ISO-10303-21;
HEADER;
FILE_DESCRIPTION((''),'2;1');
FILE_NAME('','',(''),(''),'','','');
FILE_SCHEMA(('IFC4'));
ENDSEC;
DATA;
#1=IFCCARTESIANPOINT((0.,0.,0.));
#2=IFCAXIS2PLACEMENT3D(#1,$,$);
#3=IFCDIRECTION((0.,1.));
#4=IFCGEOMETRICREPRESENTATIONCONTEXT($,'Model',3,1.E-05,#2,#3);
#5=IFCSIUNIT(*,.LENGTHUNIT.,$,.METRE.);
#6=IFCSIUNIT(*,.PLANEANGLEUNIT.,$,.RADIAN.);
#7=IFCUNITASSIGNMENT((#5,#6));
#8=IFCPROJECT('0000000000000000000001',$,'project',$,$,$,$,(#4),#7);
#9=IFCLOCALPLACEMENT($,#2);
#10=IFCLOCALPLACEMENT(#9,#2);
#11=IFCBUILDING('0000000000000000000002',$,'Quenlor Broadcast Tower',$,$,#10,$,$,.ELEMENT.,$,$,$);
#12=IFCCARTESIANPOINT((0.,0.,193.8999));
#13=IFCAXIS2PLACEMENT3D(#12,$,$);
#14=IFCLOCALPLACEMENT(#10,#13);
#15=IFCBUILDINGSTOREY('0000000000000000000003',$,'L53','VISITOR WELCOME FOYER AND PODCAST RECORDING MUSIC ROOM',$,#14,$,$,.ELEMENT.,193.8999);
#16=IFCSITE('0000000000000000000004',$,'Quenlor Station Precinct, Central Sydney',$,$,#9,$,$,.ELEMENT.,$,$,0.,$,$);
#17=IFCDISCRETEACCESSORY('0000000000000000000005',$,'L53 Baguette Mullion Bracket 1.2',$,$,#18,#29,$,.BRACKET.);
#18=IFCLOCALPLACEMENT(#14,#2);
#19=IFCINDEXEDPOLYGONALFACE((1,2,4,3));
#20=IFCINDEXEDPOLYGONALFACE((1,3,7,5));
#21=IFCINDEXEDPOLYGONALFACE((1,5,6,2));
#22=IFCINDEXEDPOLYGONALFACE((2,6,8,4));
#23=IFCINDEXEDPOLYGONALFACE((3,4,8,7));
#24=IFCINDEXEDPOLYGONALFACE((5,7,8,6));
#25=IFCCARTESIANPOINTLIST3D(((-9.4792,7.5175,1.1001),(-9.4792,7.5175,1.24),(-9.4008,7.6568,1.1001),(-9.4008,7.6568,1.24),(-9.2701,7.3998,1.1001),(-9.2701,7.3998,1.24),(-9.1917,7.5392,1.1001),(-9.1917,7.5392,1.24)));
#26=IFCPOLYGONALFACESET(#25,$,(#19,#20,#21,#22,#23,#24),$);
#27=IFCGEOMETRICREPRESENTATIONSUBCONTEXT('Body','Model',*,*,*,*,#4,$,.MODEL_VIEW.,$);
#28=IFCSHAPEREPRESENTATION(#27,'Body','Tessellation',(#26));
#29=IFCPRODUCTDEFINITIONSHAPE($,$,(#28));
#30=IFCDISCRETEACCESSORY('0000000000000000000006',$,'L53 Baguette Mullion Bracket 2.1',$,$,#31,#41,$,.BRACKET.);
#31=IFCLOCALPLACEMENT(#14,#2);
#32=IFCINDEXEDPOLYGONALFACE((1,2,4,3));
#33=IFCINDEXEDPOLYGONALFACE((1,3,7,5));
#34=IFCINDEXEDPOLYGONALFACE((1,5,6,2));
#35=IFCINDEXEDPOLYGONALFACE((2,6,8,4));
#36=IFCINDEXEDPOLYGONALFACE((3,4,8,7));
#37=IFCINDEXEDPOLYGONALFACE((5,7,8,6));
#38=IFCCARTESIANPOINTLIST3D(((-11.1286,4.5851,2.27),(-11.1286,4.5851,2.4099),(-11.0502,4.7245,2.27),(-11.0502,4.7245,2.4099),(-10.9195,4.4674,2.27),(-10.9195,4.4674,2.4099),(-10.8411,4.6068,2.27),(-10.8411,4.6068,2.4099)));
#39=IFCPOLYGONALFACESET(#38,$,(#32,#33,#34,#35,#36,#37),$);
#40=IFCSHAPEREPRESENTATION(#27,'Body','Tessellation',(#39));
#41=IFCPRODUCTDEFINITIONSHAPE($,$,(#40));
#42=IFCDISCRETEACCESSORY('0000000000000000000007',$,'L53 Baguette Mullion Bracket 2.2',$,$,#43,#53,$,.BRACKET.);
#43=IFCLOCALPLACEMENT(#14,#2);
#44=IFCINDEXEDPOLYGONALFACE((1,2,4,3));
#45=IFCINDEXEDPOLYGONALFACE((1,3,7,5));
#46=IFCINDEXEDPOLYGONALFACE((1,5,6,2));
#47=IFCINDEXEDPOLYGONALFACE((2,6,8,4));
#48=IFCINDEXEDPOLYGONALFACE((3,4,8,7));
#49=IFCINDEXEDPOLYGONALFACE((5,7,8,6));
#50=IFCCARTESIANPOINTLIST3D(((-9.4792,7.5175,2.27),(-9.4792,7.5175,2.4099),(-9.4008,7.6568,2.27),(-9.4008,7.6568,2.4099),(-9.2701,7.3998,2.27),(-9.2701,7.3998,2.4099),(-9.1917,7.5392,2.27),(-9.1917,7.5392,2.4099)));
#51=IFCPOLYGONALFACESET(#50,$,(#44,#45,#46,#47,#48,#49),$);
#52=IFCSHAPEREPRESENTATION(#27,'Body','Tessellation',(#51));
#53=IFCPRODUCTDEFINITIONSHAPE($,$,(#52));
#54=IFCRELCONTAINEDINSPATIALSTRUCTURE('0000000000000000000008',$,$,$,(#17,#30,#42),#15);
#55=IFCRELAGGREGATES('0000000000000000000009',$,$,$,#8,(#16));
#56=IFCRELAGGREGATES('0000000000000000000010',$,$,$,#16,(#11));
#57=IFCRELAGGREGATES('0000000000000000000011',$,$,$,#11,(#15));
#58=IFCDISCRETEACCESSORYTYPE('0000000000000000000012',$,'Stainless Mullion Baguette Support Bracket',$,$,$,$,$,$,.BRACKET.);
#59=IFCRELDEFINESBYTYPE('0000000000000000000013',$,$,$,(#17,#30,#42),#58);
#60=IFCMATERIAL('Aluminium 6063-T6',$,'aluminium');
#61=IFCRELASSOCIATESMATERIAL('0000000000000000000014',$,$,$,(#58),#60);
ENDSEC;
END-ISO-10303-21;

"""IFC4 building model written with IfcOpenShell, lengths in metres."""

from ifc_helpers import new_model, si_unit, direction, frame, origin, origin_2d, place, context, subcontext, project, spatial, rectangle, extrude, material, type_object, element, save


model = new_model("IFC4")

# Units and contexts
model_context = context("Model", 3, precision=1e-05, world=origin(), true_north=direction((0.0, 1.0)))
body_context = subcontext(model_context, "Body", "Model", "MODEL_VIEW")
ifc_project = project(units=[si_unit("LENGTHUNIT", "METRE"), si_unit("PLANEANGLEUNIT", "RADIAN")], contexts=[model_context])

# Site, building, storey
site_placement = place(None, origin())
site = spatial("IfcSite", under=ifc_project, at=site_placement, Name="Quenlor Station Precinct, Central Sydney", CompositionType="ELEMENT", RefElevation=0.0)
building_placement = place(site_placement, origin())
building = spatial("IfcBuilding", under=site, at=building_placement, Name="Quenlor Broadcast Tower", CompositionType="ELEMENT")
storey_placement = place(building_placement, frame((0.0, 0.0, 193.8999)))
storey = spatial("IfcBuildingStorey", under=building, at=storey_placement, Name="L53", Description="VISITOR WELCOME FOYER AND PODCAST RECORDING MUSIC ROOM", CompositionType="ELEMENT", Elevation=193.8999)

# Discrete accessories
ifc_material_1 = material(Name="Aluminium 6063-T6", Category="aluminium")
discrete_accessory_type = type_object("IfcDiscreteAccessoryType", Name="Stainless Mullion Baguette Support Bracket", PredefinedType="BRACKET", material=ifc_material_1)
for number, where, z_axis, x_axis, name in (
    (1, (-9.3354, 7.5283, 1.1001), (0.0, 0.0, 1.0), (0.490257, 0.871578, 0.0), "L53 Baguette Mullion Bracket 1.2"),
    (2, (-10.9849, 4.5959, 2.27), (0.0, 0.0, 1.0), (0.490257, 0.871578, 0.0), "L53 Baguette Mullion Bracket 2.1"),
    (3, (-9.3354, 7.5283, 2.27), (0.0, 0.0, 1.0), (0.490257, 0.871578, 0.0), "L53 Baguette Mullion Bracket 2.2"),
):
    element("IfcDiscreteAccessory", number, at=place(storey_placement, frame(where, z_axis=z_axis, x_axis=x_axis)), inside=storey, type_object=discrete_accessory_type, Name=name, PredefinedType="BRACKET", context=body_context, shape_type="SweptSolid", body=[
        extrude(rectangle(XDim=0.1599, YDim=0.24, at=origin_2d()), origin(), (0.0, 0.0, 1.0), 0.1399),
    ])

save(model, "model.ifc")
